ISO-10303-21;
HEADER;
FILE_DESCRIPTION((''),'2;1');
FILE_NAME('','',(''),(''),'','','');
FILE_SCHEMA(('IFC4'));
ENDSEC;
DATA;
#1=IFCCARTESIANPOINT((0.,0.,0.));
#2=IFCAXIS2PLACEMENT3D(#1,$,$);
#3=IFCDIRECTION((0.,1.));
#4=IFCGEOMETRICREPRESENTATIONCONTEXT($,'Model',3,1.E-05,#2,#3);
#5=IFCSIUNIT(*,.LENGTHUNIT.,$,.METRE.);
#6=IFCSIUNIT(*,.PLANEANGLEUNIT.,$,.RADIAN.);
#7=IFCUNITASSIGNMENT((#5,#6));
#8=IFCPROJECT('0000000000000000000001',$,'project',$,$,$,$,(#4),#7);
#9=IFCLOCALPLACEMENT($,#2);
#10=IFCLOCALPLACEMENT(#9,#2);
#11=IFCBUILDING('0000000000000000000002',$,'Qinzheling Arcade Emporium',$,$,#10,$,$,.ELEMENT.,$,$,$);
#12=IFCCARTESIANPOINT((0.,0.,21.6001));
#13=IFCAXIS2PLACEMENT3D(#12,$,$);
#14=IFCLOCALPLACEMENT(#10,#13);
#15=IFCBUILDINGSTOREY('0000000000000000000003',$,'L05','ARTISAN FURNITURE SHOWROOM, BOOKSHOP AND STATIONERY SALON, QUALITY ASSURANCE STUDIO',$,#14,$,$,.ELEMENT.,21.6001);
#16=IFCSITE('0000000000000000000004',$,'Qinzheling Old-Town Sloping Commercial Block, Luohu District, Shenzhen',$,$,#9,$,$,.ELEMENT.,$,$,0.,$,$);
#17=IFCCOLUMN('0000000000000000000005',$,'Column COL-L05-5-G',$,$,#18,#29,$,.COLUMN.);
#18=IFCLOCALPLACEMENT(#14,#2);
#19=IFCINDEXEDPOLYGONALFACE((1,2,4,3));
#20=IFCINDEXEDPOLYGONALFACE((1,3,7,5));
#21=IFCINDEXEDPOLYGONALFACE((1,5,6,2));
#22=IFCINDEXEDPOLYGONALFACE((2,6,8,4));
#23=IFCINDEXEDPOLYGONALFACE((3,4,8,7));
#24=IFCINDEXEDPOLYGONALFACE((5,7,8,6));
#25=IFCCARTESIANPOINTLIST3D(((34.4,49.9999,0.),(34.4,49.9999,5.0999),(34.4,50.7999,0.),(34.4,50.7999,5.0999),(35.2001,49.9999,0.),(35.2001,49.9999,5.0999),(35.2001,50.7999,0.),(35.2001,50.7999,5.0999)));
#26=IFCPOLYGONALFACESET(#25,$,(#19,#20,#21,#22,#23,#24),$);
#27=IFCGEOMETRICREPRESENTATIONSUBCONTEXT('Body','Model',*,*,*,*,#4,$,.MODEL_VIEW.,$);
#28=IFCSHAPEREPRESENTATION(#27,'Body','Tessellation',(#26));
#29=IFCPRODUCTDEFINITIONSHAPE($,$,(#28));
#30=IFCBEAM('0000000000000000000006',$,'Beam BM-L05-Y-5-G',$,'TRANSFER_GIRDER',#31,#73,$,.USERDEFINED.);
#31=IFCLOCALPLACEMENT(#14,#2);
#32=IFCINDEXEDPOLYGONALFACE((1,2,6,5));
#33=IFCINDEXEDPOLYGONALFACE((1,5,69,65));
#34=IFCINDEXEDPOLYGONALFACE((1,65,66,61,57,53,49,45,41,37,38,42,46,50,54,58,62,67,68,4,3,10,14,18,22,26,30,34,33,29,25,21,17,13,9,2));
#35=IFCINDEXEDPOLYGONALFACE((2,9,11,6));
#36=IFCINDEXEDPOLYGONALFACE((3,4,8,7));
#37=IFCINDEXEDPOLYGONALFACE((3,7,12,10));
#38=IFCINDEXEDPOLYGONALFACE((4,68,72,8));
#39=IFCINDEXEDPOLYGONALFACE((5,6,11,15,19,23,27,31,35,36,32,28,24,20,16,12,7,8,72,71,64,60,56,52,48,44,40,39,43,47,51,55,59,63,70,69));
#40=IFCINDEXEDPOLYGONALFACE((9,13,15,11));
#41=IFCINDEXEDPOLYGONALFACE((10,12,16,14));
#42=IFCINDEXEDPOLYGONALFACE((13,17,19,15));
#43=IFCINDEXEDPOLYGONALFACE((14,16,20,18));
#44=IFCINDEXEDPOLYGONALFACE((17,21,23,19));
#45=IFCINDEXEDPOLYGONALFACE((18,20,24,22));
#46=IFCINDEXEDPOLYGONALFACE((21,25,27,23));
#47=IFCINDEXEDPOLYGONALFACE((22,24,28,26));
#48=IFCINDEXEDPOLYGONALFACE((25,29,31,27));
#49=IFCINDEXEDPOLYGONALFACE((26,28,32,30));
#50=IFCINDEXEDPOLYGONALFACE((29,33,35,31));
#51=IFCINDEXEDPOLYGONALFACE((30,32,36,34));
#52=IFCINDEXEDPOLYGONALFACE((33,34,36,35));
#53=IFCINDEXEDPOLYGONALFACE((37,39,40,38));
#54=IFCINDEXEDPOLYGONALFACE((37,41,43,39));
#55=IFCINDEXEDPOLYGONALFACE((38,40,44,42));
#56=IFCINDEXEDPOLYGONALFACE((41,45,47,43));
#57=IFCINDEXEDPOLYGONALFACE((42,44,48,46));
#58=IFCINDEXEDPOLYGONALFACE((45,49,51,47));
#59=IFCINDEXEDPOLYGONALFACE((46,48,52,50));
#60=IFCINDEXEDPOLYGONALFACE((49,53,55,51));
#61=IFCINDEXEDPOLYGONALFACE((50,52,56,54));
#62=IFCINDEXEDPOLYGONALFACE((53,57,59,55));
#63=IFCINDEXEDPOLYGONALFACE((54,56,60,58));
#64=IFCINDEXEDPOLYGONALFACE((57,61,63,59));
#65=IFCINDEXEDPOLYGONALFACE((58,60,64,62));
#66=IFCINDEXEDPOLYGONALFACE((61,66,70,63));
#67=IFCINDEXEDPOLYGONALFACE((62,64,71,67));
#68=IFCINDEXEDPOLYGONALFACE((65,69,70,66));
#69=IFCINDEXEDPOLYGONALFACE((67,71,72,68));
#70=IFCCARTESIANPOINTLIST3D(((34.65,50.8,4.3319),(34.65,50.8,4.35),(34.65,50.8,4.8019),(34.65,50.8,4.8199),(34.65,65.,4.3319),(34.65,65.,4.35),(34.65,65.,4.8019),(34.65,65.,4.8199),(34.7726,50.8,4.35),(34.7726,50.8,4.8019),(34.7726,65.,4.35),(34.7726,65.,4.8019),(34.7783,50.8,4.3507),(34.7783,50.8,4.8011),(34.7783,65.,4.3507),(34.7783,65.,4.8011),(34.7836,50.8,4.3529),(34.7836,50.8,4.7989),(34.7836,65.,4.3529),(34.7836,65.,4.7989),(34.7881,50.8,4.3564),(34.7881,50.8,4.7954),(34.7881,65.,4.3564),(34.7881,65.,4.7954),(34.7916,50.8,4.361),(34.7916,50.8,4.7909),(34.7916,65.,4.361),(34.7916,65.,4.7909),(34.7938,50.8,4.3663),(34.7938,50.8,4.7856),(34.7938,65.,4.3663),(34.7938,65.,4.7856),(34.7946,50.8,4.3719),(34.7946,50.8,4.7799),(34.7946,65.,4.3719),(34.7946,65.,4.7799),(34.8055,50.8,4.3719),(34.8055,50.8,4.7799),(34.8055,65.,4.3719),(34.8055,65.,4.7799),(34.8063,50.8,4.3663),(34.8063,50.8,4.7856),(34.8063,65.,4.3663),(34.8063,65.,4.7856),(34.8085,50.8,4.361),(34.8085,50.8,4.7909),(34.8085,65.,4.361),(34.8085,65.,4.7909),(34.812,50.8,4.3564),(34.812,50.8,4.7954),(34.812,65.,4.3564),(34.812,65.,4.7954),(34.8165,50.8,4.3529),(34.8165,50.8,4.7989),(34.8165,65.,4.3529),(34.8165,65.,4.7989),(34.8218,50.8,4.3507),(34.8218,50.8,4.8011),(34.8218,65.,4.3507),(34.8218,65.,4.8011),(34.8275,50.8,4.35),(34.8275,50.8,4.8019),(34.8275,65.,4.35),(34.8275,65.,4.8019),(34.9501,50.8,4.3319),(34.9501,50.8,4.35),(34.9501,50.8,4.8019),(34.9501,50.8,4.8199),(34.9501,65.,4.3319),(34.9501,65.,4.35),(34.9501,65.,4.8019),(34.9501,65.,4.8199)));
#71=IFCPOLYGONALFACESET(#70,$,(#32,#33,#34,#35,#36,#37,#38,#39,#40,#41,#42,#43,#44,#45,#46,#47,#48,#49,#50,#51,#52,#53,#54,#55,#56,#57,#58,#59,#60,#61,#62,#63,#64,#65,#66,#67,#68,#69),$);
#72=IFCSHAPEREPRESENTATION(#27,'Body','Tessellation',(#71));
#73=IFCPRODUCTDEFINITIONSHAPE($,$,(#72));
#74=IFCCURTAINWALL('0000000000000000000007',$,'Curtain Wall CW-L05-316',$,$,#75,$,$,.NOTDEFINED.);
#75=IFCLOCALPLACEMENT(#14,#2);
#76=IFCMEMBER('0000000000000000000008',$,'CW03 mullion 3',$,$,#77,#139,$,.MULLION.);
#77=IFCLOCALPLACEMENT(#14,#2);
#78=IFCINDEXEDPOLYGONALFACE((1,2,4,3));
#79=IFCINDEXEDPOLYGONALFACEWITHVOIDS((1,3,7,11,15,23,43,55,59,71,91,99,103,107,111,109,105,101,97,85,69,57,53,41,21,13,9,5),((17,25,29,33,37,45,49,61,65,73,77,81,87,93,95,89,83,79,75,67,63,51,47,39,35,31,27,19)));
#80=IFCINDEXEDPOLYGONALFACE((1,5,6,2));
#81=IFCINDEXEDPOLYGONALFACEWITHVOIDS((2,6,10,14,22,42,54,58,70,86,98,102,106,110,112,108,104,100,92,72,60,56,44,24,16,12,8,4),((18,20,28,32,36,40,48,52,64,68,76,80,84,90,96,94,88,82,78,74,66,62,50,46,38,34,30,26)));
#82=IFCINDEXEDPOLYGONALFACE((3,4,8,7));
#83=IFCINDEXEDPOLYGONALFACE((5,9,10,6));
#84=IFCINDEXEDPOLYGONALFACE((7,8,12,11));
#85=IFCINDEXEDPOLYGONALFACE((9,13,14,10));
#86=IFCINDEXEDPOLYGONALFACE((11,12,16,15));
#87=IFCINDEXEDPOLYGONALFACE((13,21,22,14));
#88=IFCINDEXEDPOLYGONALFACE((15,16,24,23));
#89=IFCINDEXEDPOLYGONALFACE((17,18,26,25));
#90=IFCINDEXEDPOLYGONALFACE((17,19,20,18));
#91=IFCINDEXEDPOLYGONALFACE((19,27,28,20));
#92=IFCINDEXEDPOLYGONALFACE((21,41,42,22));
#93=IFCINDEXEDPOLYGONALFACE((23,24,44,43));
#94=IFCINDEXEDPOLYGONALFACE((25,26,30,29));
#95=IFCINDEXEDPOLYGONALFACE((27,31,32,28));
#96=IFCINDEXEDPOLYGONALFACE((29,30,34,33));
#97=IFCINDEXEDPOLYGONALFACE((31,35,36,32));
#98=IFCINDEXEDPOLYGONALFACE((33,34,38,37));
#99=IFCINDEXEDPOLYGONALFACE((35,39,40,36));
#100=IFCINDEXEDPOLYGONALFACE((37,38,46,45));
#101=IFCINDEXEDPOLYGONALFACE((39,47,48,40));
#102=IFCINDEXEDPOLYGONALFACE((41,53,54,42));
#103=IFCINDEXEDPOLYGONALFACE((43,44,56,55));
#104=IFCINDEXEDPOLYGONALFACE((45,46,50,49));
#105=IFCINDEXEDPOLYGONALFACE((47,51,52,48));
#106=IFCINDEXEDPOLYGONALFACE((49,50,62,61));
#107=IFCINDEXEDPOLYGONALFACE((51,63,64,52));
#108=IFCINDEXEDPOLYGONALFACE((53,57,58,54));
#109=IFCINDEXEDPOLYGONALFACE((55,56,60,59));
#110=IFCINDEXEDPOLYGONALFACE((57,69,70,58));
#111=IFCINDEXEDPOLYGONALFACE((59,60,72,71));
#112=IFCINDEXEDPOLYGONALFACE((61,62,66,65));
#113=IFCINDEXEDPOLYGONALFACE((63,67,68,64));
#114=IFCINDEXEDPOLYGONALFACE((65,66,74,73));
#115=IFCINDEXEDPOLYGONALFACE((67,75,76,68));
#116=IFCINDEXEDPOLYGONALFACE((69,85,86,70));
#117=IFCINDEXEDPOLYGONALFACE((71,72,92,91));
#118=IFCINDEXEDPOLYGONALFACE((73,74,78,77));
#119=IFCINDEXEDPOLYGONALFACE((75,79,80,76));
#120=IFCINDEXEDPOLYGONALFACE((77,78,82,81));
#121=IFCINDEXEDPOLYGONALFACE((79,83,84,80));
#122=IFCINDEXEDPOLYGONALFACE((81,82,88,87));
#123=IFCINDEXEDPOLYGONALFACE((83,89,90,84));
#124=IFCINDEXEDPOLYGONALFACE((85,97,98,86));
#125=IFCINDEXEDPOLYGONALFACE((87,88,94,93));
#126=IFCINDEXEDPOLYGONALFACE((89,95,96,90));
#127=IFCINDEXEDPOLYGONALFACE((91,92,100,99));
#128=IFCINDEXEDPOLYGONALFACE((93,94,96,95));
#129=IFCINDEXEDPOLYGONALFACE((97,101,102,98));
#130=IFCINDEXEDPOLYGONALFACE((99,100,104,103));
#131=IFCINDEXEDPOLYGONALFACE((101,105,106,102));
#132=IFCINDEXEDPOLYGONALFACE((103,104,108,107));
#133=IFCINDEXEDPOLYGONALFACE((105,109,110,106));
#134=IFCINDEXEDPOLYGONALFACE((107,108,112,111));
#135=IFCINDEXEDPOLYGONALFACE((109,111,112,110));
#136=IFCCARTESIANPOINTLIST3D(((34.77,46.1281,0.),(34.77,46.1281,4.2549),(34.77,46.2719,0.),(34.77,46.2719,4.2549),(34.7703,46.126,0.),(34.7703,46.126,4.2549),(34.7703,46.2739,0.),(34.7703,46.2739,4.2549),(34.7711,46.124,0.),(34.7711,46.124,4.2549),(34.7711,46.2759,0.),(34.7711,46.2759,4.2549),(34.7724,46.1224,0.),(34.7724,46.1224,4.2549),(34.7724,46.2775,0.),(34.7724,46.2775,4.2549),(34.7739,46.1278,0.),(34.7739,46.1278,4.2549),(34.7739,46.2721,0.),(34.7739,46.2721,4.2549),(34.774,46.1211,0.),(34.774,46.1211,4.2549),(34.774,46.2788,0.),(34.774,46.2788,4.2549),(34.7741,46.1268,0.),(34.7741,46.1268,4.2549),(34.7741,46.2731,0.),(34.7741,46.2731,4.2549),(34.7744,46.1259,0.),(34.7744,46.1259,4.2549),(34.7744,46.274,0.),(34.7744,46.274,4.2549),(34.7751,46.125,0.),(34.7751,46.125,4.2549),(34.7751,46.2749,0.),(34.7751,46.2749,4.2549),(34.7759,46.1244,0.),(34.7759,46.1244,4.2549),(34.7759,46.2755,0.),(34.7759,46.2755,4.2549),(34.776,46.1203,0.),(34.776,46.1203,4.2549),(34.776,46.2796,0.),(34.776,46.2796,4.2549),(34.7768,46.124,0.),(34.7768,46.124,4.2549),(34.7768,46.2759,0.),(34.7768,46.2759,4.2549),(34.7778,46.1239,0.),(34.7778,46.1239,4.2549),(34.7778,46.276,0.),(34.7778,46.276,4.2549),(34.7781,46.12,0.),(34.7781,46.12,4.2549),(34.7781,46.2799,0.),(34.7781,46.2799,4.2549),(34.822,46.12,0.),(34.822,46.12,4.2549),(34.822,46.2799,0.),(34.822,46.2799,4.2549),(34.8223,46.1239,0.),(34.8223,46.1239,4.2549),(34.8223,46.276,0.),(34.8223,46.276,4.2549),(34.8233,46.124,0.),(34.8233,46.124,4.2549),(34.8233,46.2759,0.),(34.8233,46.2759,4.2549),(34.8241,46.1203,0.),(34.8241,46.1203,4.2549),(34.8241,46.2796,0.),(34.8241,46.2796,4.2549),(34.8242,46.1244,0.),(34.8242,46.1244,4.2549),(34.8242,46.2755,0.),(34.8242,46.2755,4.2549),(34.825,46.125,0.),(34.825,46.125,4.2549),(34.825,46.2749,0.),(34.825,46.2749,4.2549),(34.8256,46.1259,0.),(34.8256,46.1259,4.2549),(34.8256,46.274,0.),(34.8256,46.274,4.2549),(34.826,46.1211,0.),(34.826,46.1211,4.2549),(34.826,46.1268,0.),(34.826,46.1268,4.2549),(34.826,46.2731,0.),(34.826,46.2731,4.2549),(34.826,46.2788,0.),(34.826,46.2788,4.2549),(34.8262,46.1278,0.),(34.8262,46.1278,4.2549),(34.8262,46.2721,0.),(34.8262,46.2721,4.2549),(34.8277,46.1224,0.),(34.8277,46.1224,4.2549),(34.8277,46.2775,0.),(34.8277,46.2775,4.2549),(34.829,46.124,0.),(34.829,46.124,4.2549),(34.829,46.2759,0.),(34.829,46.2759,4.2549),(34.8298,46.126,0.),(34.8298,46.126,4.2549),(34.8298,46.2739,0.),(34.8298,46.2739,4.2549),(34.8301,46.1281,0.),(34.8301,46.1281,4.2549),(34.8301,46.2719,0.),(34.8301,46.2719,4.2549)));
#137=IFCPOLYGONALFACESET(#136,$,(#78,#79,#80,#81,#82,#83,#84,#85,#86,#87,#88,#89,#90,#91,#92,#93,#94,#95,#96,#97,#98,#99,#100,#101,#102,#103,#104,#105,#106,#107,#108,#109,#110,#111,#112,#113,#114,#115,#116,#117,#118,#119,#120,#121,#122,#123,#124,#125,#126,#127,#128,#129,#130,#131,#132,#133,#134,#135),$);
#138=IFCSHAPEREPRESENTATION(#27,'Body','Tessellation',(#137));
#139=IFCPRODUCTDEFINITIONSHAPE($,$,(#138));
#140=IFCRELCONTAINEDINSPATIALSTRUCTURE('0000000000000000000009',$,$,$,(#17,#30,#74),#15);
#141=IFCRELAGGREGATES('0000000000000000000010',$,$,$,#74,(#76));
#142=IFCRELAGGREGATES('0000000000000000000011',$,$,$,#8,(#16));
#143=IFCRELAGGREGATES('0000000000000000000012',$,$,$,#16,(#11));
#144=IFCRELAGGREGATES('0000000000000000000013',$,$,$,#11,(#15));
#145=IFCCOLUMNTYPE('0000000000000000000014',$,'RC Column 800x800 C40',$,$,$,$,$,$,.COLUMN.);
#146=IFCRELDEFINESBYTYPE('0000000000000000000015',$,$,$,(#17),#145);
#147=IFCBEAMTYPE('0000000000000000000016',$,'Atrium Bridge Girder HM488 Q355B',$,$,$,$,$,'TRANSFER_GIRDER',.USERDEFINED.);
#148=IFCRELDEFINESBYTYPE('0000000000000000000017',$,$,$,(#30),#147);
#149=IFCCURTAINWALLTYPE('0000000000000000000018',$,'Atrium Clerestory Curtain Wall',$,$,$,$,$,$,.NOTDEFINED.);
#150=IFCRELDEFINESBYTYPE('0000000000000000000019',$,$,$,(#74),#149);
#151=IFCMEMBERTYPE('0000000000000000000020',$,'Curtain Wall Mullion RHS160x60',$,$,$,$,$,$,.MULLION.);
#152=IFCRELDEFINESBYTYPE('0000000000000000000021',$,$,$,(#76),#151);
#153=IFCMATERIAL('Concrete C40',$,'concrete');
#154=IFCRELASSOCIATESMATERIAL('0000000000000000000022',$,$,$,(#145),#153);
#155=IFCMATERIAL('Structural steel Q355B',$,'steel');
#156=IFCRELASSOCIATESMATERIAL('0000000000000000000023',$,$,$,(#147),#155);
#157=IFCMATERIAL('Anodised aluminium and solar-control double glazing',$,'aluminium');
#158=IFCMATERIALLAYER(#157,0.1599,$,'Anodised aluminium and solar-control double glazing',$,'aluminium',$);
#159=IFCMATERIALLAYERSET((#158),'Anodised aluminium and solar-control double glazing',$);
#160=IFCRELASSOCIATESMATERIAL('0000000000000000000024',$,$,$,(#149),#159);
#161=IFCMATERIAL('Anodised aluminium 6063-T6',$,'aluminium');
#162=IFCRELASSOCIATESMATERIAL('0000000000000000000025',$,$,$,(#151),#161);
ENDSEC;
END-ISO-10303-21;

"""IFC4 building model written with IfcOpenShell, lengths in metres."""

from ifc_helpers import new_model, si_unit, direction, frame, origin, origin_2d, place, context, subcontext, project, spatial, rectangle, hollow_rectangle, i_section, extrude, material, layer, layer_set, material_profile, profile_set, type_object, element, aggregate, save


model = new_model("IFC4")

# Units and contexts
model_context = context("Model", 3, precision=1e-05, world=origin(), true_north=direction((0.0, 1.0)))
body_context = subcontext(model_context, "Body", "Model", "MODEL_VIEW")
ifc_project = project(units=[si_unit("LENGTHUNIT", "METRE"), si_unit("PLANEANGLEUNIT", "RADIAN")], contexts=[model_context])

# Site, building, storey
site_placement = place(None, origin())
site = spatial("IfcSite", under=ifc_project, at=site_placement, Name="Qinzheling Old-Town Sloping Commercial Block, Luohu District, Shenzhen", CompositionType="ELEMENT", RefElevation=0.0)
building_placement = place(site_placement, origin())
building = spatial("IfcBuilding", under=site, at=building_placement, Name="Qinzheling Arcade Emporium", CompositionType="ELEMENT")
storey_placement = place(building_placement, frame((0.0, 0.0, 21.6001)))
storey = spatial("IfcBuildingStorey", under=building, at=storey_placement, Name="L05", Description="ARTISAN FURNITURE SHOWROOM, BOOKSHOP AND STATIONERY SALON, QUALITY ASSURANCE STUDIO", CompositionType="ELEMENT", Elevation=21.6001)

# Column
ifc_material_1 = material(Name="Concrete C40", Category="concrete")
ifc_material_profile_1 = material_profile(ifc_material_1, rectangle(XDim=0.8, YDim=0.8, at=origin_2d()), Name="RC 800x800", Category="concrete")
ifc_profile_set_1 = profile_set([ifc_material_profile_1], Name="Concrete C40")
column_type = type_object("IfcColumnType", Name="RC Column 800x800 C40", PredefinedType="COLUMN", material=ifc_profile_set_1)
column_placement = place(storey_placement, frame((34.8, 50.3999, 0.0), z_axis=(0.0, 0.0, 1.0), x_axis=(1.0, 0.0, 0.0)))
element("IfcColumn", 1, at=column_placement, inside=storey, type_object=column_type, Name="Column COL-L05-5-G", PredefinedType="COLUMN", context=body_context, shape_type="SweptSolid", body=[
    extrude(rectangle(XDim=0.8, YDim=0.8, at=origin_2d()), origin(), (0.0, 0.0, 1.0), 5.0999),
])

# Beam
ifc_material_2 = material(Name="Structural steel Q355B", Category="steel")
ifc_material_profile_2 = material_profile(ifc_material_2, i_section(OverallWidth=0.3, OverallDepth=0.488, WebThickness=0.011, FlangeThickness=0.0181, FilletRadius=0.022, at=origin_2d()), Name="HM 488x300x11x18", Category="steel")
ifc_profile_set_2 = profile_set([ifc_material_profile_2], Name="Structural steel Q355B")
beam_type = type_object("IfcBeamType", Name="Atrium Bridge Girder HM488 Q355B", ElementType="TRANSFER_GIRDER", PredefinedType="USERDEFINED", material=ifc_profile_set_2)
beam_placement = place(storey_placement, frame((34.8, 50.8, 4.5759), z_axis=(0.0, 1.0, 0.0), x_axis=(-1.0, 0.0, 0.0)))
element("IfcBeam", 2, at=beam_placement, inside=storey, type_object=beam_type, Name="Beam BM-L05-Y-5-G", ObjectType="TRANSFER_GIRDER", PredefinedType="USERDEFINED", context=body_context, shape_type="SweptSolid", body=[
    extrude(i_section(OverallWidth=0.3, OverallDepth=0.488, WebThickness=0.011, FlangeThickness=0.0181, FilletRadius=0.022, at=origin_2d()), origin(), (0.0, 0.0, 1.0), 14.2),
])

# Curtain wall, member
ifc_material_3 = material(Name="Anodised aluminium and solar-control double glazing", Category="aluminium")
ifc_layer_1 = layer(ifc_material_3, 0.1599, Name="Anodised aluminium and solar-control double glazing", Category="aluminium")
ifc_layer_set_1 = layer_set([ifc_layer_1], Name="Anodised aluminium and solar-control double glazing")
curtain_wall_type = type_object("IfcCurtainWallType", Name="Atrium Clerestory Curtain Wall", PredefinedType="NOTDEFINED", material=ifc_layer_set_1)
curtain_wall_1_placement = place(storey_placement, origin())
curtain_wall_1 = element("IfcCurtainWall", 3, at=curtain_wall_1_placement, inside=storey, type_object=curtain_wall_type, Name="Curtain Wall CW-L05-316", PredefinedType="NOTDEFINED")
ifc_material_4 = material(Name="Anodised aluminium 6063-T6", Category="aluminium")
ifc_material_profile_3 = material_profile(ifc_material_4, hollow_rectangle(XDim=0.0601, YDim=0.1599, WallThickness=0.0039, InnerFilletRadius=0.0039, OuterFilletRadius=0.0081, at=origin_2d()), Name="RHS 160x60x4", Category="aluminium")
ifc_profile_set_3 = profile_set([ifc_material_profile_3], Name="Anodised aluminium 6063-T6")
member_type_1 = type_object("IfcMemberType", Name="Curtain Wall Mullion RHS160x60", PredefinedType="MULLION", material=ifc_profile_set_3)
member_1_placement = place(storey_placement, frame((34.8, 46.2, 0.0), z_axis=(0.0, 0.0, 1.0), x_axis=(-1.0, 0.0, 0.0)))
member_1 = element("IfcMember", 4, at=member_1_placement, type_object=member_type_1, Name="CW03 mullion 3", PredefinedType="MULLION", context=body_context, shape_type="SweptSolid", body=[
    extrude(hollow_rectangle(XDim=0.0601, YDim=0.1599, WallThickness=0.0039, InnerFilletRadius=0.0039, OuterFilletRadius=0.0081, at=origin_2d()), origin(), (0.0, 0.0, 1.0), 4.2549),
])

aggregate(curtain_wall_1, [member_1])

save(model, "model.ifc")
